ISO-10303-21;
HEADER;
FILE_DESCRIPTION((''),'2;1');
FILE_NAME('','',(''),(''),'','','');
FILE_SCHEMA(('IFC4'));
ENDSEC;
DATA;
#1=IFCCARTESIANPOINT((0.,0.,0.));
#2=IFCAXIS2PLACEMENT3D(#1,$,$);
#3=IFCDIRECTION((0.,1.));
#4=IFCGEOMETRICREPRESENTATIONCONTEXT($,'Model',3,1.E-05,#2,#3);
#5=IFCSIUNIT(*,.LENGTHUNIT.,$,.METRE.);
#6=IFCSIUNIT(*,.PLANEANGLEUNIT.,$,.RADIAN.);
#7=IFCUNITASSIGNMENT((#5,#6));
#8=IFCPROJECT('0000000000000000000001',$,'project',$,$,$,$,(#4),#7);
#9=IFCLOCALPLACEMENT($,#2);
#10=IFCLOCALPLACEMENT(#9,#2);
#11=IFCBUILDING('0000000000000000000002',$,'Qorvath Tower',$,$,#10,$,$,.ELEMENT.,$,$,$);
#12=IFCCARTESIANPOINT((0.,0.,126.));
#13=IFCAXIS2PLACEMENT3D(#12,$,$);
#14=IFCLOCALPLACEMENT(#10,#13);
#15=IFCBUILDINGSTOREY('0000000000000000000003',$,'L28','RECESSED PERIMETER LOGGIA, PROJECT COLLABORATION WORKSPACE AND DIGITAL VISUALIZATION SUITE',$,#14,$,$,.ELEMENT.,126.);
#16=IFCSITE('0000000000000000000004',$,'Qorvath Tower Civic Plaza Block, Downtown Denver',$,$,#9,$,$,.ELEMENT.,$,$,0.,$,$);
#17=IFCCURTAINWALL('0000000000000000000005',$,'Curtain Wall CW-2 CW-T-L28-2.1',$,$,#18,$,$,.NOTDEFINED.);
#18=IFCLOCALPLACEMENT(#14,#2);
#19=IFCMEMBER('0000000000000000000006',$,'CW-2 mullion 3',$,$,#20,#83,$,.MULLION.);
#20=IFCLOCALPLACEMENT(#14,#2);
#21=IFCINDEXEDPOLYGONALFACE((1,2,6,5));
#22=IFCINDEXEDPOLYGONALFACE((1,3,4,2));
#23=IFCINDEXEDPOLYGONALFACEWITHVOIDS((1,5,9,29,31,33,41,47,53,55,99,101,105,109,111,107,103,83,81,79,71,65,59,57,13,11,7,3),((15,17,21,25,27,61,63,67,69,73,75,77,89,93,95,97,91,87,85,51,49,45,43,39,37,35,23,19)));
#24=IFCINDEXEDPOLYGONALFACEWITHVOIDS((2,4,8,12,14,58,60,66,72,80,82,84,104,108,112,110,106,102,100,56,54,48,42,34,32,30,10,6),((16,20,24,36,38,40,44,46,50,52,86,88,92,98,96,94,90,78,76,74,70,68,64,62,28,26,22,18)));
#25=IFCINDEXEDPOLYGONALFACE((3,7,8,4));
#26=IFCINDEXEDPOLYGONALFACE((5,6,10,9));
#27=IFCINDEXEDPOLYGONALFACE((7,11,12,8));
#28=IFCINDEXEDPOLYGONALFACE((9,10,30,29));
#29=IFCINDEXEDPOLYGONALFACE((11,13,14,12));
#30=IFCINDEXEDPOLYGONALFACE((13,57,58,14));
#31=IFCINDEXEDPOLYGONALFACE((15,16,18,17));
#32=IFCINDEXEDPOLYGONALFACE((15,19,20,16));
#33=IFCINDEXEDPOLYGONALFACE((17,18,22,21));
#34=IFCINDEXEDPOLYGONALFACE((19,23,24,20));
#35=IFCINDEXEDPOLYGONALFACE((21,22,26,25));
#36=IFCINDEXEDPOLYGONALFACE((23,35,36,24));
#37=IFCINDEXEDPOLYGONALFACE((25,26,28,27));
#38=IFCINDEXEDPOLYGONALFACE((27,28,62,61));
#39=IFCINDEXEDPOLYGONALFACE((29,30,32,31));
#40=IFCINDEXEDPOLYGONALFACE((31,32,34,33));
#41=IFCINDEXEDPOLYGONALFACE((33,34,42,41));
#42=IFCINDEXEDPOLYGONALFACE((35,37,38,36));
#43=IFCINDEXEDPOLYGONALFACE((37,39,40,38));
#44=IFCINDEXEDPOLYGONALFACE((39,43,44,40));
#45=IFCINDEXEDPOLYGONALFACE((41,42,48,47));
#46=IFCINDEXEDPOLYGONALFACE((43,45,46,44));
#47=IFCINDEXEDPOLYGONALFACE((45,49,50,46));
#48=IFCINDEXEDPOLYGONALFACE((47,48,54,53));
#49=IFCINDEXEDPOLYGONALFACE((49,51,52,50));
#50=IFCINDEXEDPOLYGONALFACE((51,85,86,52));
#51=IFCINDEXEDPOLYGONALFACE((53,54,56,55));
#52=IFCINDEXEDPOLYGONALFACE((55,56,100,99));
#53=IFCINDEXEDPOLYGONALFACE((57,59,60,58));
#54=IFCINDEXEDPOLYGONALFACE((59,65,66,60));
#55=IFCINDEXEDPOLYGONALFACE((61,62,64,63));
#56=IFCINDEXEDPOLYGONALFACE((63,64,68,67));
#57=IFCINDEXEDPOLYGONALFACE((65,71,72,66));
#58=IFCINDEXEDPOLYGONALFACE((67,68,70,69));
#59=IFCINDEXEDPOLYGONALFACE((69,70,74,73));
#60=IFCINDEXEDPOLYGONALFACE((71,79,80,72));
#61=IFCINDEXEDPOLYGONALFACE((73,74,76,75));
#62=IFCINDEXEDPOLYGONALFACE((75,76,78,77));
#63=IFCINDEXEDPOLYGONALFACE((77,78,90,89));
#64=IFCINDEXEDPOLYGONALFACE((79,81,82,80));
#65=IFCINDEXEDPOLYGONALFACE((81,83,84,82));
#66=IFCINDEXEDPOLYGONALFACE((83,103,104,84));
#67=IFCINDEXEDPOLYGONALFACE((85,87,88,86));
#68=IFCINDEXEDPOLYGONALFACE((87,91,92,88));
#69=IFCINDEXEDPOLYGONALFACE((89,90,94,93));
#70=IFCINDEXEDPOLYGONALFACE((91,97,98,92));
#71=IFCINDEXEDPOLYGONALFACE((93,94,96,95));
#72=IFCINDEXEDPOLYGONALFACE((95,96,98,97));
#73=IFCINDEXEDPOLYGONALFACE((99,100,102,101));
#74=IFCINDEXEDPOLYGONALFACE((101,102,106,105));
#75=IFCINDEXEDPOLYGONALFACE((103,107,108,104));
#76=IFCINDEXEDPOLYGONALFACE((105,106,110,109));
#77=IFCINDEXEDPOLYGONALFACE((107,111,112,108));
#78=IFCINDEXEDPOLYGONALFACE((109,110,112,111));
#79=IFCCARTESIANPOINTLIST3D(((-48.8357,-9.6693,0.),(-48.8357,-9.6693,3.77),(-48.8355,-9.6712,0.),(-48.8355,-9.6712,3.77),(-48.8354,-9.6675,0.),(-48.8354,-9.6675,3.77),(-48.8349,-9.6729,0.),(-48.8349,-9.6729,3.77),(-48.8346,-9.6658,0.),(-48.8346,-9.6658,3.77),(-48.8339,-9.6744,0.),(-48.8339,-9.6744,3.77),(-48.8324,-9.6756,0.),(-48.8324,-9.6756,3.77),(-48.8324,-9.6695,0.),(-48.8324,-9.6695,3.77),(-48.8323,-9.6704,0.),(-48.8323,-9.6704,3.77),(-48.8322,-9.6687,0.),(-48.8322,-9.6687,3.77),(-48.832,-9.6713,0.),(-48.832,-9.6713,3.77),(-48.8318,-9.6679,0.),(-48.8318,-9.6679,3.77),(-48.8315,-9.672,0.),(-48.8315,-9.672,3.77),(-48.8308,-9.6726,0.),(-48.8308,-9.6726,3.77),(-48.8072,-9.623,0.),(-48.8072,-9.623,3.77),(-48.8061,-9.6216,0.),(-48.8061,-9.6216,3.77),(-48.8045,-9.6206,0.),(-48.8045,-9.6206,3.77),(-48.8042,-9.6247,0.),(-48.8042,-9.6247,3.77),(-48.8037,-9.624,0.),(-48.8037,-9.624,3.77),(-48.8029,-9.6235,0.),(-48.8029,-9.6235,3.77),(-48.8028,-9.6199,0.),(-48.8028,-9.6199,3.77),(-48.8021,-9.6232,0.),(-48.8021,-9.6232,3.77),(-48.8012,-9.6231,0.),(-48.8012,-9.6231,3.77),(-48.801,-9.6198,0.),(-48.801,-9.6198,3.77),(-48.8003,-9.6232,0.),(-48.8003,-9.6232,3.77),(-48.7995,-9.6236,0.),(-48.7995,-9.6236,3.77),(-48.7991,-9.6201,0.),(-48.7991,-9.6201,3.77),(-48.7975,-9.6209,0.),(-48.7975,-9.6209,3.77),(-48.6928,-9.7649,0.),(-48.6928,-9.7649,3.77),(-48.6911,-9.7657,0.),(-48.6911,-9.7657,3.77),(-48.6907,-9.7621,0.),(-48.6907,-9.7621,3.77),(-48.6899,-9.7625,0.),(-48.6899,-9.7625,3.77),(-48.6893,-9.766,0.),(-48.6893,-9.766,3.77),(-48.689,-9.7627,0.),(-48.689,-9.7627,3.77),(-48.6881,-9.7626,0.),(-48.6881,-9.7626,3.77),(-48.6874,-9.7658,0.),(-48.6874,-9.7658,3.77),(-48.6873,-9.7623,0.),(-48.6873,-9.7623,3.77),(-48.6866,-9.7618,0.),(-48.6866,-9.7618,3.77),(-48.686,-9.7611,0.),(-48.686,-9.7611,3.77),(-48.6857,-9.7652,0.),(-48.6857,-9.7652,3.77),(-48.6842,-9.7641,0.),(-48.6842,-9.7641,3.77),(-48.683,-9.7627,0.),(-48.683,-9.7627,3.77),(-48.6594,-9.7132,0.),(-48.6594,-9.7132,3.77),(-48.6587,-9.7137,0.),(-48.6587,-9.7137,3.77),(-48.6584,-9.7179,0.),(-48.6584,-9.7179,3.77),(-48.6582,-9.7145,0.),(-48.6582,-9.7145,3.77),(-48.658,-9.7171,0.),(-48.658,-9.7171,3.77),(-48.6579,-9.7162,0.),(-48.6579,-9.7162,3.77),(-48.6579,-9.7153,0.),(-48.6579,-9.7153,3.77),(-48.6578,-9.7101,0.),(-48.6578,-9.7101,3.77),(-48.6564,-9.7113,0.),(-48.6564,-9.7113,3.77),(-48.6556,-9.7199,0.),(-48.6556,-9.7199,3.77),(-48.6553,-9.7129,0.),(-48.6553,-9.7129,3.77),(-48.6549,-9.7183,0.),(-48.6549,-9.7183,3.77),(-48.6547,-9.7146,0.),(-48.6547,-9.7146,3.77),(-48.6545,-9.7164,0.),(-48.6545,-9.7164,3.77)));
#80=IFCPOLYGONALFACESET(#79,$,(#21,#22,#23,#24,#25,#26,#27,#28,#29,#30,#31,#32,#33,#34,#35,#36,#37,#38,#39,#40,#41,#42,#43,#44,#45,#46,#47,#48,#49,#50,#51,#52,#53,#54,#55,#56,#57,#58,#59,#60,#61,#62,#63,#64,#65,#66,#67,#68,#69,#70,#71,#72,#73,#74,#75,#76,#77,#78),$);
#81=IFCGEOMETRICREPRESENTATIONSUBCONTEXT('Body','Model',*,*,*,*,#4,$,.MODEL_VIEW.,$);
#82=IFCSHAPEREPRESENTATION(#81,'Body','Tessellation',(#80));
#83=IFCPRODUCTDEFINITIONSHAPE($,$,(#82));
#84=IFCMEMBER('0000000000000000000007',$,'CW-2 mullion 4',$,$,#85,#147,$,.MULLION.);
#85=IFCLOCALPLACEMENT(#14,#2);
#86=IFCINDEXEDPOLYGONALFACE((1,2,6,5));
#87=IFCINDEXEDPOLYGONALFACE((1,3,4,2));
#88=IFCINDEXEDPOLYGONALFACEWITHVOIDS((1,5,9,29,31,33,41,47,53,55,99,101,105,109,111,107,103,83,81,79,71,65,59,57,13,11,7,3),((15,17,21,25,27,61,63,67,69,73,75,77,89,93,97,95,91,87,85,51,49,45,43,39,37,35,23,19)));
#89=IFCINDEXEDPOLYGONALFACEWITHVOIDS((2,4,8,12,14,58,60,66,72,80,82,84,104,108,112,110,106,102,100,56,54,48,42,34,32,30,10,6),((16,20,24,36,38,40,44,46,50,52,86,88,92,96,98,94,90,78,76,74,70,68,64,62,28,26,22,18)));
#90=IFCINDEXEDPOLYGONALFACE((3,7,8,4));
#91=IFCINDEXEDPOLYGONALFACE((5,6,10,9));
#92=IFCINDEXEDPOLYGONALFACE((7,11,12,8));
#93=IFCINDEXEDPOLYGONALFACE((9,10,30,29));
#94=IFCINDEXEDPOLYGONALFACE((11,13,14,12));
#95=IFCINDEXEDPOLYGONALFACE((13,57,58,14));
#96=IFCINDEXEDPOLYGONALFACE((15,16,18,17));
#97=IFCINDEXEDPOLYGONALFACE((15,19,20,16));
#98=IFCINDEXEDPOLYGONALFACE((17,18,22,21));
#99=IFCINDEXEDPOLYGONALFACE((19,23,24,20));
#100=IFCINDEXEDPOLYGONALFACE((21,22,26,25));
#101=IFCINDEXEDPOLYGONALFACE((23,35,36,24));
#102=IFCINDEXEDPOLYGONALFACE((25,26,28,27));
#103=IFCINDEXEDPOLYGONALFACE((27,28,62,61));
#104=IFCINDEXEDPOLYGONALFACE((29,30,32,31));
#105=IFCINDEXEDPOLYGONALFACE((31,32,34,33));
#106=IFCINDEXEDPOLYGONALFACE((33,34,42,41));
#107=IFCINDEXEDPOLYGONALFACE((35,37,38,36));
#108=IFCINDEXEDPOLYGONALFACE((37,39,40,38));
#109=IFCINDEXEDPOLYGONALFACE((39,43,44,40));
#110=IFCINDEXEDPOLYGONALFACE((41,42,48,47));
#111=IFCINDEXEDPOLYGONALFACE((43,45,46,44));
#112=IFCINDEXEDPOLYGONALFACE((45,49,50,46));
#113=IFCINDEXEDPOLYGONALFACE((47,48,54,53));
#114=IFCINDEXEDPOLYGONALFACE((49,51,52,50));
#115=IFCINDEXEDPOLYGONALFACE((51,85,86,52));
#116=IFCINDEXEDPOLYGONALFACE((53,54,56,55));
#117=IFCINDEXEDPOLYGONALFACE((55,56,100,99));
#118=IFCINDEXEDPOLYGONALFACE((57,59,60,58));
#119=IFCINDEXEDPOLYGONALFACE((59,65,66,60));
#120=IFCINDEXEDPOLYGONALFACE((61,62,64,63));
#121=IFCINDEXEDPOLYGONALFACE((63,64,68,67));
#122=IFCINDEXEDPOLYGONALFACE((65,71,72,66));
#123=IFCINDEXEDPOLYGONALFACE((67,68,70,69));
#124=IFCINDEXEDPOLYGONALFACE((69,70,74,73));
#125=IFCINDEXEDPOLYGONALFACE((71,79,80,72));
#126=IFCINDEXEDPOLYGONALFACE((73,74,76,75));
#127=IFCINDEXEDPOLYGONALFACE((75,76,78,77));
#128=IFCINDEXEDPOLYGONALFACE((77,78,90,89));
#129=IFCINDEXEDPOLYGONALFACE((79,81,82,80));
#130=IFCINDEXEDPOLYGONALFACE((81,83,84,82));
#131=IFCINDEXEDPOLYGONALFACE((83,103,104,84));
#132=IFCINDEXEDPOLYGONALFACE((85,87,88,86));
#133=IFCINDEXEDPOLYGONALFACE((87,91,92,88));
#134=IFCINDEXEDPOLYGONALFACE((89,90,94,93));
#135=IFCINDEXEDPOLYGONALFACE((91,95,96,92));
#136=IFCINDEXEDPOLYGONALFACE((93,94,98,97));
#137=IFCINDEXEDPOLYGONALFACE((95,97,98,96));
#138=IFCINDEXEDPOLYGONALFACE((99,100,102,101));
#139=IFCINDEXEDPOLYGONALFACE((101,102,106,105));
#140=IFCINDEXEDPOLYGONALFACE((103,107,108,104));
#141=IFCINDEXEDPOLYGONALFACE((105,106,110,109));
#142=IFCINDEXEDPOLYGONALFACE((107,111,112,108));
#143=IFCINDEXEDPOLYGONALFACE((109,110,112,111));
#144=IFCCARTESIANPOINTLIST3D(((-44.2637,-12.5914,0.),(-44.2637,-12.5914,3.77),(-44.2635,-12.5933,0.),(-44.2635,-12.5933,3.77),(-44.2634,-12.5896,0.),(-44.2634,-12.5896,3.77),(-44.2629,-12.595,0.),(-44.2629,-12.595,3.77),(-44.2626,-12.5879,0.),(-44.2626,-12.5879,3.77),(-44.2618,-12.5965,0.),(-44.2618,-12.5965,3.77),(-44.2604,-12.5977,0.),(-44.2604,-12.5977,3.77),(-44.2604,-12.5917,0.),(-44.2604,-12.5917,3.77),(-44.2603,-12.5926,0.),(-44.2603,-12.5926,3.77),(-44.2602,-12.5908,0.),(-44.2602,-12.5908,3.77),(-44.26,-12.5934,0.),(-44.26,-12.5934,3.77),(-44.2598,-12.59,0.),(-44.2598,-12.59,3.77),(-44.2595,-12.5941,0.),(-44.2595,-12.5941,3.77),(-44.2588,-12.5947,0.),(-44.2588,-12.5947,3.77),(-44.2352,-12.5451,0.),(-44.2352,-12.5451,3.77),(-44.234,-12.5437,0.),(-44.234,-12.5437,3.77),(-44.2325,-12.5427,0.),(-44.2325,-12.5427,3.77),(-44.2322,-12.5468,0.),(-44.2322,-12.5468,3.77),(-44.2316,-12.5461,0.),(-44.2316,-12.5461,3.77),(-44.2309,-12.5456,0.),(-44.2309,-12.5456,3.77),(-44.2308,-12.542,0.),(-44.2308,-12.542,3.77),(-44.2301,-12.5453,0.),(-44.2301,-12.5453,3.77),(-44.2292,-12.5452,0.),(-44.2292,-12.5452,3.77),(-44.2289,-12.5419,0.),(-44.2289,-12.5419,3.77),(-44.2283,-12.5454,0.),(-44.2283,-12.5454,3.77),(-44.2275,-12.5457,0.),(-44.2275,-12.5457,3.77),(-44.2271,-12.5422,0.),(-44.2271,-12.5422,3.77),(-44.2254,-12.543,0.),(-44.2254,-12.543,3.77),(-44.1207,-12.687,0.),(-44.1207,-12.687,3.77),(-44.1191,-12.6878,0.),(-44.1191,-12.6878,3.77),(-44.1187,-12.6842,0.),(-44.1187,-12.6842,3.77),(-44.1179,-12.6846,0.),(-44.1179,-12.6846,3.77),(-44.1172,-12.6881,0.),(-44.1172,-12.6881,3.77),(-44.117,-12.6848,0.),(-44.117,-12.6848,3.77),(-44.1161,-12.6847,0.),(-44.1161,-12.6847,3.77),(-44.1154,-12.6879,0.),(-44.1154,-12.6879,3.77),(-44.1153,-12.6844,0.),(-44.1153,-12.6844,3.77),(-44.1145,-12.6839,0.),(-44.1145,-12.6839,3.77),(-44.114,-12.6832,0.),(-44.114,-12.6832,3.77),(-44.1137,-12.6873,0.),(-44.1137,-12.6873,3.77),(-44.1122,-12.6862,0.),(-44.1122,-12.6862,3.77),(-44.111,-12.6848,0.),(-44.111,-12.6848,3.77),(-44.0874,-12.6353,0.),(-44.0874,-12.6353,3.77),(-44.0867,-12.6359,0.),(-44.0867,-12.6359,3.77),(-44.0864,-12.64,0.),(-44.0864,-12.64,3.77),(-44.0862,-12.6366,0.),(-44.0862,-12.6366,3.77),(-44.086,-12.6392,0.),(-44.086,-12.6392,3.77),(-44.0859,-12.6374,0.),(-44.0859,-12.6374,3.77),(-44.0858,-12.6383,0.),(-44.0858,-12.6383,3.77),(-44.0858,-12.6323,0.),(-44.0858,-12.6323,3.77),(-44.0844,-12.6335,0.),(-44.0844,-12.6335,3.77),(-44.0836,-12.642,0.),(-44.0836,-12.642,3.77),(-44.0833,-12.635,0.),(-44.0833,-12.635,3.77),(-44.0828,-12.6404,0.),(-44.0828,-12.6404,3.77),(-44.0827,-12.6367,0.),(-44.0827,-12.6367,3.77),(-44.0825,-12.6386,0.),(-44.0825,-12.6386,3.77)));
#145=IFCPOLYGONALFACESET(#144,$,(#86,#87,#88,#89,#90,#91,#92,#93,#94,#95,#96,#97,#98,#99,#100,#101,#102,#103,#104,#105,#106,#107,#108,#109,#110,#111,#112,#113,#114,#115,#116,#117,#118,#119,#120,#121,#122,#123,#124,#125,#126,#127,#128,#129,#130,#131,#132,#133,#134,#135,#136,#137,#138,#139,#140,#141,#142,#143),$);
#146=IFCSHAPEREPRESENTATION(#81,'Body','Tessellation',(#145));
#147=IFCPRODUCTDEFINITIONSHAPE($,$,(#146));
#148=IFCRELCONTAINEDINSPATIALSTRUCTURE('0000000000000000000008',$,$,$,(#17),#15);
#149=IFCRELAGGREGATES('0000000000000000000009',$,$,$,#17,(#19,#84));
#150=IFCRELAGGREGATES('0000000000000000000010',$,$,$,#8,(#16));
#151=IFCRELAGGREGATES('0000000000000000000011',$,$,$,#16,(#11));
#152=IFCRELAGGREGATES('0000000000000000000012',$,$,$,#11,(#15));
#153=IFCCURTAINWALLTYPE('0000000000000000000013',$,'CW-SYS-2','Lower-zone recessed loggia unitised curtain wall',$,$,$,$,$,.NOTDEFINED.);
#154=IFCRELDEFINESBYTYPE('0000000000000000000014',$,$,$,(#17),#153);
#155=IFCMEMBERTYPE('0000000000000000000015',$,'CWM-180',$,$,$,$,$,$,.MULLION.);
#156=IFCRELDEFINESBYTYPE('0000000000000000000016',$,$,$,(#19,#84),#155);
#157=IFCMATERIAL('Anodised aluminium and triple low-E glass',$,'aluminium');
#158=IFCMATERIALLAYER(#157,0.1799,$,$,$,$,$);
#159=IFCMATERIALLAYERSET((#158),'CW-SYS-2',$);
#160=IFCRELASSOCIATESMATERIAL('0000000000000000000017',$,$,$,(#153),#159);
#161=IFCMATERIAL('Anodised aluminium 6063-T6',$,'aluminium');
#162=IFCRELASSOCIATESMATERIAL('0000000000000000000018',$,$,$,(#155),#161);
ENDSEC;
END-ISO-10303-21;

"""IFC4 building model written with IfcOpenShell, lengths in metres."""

from ifc_helpers import new_model, si_unit, direction, frame, origin, origin_2d, place, context, subcontext, project, spatial, hollow_rectangle, extrude, material, layer, layer_set, material_profile, profile_set, type_object, element, aggregate, save


model = new_model("IFC4")

# Units and contexts
model_context = context("Model", 3, precision=1e-05, world=origin(), true_north=direction((0.0, 1.0)))
body_context = subcontext(model_context, "Body", "Model", "MODEL_VIEW")
ifc_project = project(units=[si_unit("LENGTHUNIT", "METRE"), si_unit("PLANEANGLEUNIT", "RADIAN")], contexts=[model_context])

# Site, building, storey
site_placement = place(None, origin())
site = spatial("IfcSite", under=ifc_project, at=site_placement, Name="Qorvath Tower Civic Plaza Block, Downtown Denver", CompositionType="ELEMENT", RefElevation=0.0)
building_placement = place(site_placement, origin())
building = spatial("IfcBuilding", under=site, at=building_placement, Name="Qorvath Tower", CompositionType="ELEMENT")
storey_placement = place(building_placement, frame((0.0, 0.0, 126.0)))
storey = spatial("IfcBuildingStorey", under=building, at=storey_placement, Name="L28", Description="RECESSED PERIMETER LOGGIA, PROJECT COLLABORATION WORKSPACE AND DIGITAL VISUALIZATION SUITE", CompositionType="ELEMENT", Elevation=126.0)

# Curtain wall, members
ifc_material_1 = material(Name="Anodised aluminium and triple low-E glass", Category="aluminium")
ifc_layer_1 = layer(ifc_material_1, 0.1799)
ifc_layer_set_1 = layer_set([ifc_layer_1], Name="CW-SYS-2")
curtain_wall_type = type_object("IfcCurtainWallType", Name="CW-SYS-2", Description="Lower-zone recessed loggia unitised curtain wall", PredefinedType="NOTDEFINED", material=ifc_layer_set_1)
curtain_wall_placement = place(storey_placement, origin())
curtain_wall = element("IfcCurtainWall", 1, at=curtain_wall_placement, inside=storey, type_object=curtain_wall_type, Name="Curtain Wall CW-2 CW-T-L28-2.1", PredefinedType="NOTDEFINED")
ifc_material_2 = material(Name="Anodised aluminium 6063-T6", Category="aluminium")
ifc_material_profile_1 = material_profile(ifc_material_2, hollow_rectangle(XDim=0.0649, YDim=0.1799, WallThickness=0.0034, InnerFilletRadius=0.0034, OuterFilletRadius=0.0071, at=origin_2d()), Name="CWM 180x65")
ifc_profile_set_1 = profile_set([ifc_material_profile_1], Name="Anodised aluminium 6063-T6")
member_type_1 = type_object("IfcMemberType", Name="CWM-180", PredefinedType="MULLION", material=ifc_profile_set_1)
member_1_placement = place(storey_placement, frame((-48.7451, -9.6929, 0.0), z_axis=(0.0, 0.0, 1.0), x_axis=(0.538534, 0.842604, 0.0)))
member_1 = element("IfcMember", 2, at=member_1_placement, type_object=member_type_1, Name="CW-2 mullion 3", PredefinedType="MULLION", context=body_context, shape_type="SweptSolid", body=[
    extrude(hollow_rectangle(XDim=0.0649, YDim=0.1799, WallThickness=0.0034, InnerFilletRadius=0.0034, OuterFilletRadius=0.0071, at=origin_2d()), origin(), (0.0, 0.0, 1.0), 3.77),
])
member_2_placement = place(storey_placement, frame((-44.1731, -12.615, 0.0), z_axis=(0.0, 0.0, 1.0), x_axis=(0.538534, 0.842604, 0.0)))
member_2 = element("IfcMember", 3, at=member_2_placement, type_object=member_type_1, Name="CW-2 mullion 4", PredefinedType="MULLION", context=body_context, shape_type="SweptSolid", body=[
    extrude(hollow_rectangle(XDim=0.0649, YDim=0.1799, WallThickness=0.0034, InnerFilletRadius=0.0034, OuterFilletRadius=0.0071, at=origin_2d()), origin(), (0.0, 0.0, 1.0), 3.77),
])

aggregate(curtain_wall, [member_1, member_2])

save(model, "model.ifc")
